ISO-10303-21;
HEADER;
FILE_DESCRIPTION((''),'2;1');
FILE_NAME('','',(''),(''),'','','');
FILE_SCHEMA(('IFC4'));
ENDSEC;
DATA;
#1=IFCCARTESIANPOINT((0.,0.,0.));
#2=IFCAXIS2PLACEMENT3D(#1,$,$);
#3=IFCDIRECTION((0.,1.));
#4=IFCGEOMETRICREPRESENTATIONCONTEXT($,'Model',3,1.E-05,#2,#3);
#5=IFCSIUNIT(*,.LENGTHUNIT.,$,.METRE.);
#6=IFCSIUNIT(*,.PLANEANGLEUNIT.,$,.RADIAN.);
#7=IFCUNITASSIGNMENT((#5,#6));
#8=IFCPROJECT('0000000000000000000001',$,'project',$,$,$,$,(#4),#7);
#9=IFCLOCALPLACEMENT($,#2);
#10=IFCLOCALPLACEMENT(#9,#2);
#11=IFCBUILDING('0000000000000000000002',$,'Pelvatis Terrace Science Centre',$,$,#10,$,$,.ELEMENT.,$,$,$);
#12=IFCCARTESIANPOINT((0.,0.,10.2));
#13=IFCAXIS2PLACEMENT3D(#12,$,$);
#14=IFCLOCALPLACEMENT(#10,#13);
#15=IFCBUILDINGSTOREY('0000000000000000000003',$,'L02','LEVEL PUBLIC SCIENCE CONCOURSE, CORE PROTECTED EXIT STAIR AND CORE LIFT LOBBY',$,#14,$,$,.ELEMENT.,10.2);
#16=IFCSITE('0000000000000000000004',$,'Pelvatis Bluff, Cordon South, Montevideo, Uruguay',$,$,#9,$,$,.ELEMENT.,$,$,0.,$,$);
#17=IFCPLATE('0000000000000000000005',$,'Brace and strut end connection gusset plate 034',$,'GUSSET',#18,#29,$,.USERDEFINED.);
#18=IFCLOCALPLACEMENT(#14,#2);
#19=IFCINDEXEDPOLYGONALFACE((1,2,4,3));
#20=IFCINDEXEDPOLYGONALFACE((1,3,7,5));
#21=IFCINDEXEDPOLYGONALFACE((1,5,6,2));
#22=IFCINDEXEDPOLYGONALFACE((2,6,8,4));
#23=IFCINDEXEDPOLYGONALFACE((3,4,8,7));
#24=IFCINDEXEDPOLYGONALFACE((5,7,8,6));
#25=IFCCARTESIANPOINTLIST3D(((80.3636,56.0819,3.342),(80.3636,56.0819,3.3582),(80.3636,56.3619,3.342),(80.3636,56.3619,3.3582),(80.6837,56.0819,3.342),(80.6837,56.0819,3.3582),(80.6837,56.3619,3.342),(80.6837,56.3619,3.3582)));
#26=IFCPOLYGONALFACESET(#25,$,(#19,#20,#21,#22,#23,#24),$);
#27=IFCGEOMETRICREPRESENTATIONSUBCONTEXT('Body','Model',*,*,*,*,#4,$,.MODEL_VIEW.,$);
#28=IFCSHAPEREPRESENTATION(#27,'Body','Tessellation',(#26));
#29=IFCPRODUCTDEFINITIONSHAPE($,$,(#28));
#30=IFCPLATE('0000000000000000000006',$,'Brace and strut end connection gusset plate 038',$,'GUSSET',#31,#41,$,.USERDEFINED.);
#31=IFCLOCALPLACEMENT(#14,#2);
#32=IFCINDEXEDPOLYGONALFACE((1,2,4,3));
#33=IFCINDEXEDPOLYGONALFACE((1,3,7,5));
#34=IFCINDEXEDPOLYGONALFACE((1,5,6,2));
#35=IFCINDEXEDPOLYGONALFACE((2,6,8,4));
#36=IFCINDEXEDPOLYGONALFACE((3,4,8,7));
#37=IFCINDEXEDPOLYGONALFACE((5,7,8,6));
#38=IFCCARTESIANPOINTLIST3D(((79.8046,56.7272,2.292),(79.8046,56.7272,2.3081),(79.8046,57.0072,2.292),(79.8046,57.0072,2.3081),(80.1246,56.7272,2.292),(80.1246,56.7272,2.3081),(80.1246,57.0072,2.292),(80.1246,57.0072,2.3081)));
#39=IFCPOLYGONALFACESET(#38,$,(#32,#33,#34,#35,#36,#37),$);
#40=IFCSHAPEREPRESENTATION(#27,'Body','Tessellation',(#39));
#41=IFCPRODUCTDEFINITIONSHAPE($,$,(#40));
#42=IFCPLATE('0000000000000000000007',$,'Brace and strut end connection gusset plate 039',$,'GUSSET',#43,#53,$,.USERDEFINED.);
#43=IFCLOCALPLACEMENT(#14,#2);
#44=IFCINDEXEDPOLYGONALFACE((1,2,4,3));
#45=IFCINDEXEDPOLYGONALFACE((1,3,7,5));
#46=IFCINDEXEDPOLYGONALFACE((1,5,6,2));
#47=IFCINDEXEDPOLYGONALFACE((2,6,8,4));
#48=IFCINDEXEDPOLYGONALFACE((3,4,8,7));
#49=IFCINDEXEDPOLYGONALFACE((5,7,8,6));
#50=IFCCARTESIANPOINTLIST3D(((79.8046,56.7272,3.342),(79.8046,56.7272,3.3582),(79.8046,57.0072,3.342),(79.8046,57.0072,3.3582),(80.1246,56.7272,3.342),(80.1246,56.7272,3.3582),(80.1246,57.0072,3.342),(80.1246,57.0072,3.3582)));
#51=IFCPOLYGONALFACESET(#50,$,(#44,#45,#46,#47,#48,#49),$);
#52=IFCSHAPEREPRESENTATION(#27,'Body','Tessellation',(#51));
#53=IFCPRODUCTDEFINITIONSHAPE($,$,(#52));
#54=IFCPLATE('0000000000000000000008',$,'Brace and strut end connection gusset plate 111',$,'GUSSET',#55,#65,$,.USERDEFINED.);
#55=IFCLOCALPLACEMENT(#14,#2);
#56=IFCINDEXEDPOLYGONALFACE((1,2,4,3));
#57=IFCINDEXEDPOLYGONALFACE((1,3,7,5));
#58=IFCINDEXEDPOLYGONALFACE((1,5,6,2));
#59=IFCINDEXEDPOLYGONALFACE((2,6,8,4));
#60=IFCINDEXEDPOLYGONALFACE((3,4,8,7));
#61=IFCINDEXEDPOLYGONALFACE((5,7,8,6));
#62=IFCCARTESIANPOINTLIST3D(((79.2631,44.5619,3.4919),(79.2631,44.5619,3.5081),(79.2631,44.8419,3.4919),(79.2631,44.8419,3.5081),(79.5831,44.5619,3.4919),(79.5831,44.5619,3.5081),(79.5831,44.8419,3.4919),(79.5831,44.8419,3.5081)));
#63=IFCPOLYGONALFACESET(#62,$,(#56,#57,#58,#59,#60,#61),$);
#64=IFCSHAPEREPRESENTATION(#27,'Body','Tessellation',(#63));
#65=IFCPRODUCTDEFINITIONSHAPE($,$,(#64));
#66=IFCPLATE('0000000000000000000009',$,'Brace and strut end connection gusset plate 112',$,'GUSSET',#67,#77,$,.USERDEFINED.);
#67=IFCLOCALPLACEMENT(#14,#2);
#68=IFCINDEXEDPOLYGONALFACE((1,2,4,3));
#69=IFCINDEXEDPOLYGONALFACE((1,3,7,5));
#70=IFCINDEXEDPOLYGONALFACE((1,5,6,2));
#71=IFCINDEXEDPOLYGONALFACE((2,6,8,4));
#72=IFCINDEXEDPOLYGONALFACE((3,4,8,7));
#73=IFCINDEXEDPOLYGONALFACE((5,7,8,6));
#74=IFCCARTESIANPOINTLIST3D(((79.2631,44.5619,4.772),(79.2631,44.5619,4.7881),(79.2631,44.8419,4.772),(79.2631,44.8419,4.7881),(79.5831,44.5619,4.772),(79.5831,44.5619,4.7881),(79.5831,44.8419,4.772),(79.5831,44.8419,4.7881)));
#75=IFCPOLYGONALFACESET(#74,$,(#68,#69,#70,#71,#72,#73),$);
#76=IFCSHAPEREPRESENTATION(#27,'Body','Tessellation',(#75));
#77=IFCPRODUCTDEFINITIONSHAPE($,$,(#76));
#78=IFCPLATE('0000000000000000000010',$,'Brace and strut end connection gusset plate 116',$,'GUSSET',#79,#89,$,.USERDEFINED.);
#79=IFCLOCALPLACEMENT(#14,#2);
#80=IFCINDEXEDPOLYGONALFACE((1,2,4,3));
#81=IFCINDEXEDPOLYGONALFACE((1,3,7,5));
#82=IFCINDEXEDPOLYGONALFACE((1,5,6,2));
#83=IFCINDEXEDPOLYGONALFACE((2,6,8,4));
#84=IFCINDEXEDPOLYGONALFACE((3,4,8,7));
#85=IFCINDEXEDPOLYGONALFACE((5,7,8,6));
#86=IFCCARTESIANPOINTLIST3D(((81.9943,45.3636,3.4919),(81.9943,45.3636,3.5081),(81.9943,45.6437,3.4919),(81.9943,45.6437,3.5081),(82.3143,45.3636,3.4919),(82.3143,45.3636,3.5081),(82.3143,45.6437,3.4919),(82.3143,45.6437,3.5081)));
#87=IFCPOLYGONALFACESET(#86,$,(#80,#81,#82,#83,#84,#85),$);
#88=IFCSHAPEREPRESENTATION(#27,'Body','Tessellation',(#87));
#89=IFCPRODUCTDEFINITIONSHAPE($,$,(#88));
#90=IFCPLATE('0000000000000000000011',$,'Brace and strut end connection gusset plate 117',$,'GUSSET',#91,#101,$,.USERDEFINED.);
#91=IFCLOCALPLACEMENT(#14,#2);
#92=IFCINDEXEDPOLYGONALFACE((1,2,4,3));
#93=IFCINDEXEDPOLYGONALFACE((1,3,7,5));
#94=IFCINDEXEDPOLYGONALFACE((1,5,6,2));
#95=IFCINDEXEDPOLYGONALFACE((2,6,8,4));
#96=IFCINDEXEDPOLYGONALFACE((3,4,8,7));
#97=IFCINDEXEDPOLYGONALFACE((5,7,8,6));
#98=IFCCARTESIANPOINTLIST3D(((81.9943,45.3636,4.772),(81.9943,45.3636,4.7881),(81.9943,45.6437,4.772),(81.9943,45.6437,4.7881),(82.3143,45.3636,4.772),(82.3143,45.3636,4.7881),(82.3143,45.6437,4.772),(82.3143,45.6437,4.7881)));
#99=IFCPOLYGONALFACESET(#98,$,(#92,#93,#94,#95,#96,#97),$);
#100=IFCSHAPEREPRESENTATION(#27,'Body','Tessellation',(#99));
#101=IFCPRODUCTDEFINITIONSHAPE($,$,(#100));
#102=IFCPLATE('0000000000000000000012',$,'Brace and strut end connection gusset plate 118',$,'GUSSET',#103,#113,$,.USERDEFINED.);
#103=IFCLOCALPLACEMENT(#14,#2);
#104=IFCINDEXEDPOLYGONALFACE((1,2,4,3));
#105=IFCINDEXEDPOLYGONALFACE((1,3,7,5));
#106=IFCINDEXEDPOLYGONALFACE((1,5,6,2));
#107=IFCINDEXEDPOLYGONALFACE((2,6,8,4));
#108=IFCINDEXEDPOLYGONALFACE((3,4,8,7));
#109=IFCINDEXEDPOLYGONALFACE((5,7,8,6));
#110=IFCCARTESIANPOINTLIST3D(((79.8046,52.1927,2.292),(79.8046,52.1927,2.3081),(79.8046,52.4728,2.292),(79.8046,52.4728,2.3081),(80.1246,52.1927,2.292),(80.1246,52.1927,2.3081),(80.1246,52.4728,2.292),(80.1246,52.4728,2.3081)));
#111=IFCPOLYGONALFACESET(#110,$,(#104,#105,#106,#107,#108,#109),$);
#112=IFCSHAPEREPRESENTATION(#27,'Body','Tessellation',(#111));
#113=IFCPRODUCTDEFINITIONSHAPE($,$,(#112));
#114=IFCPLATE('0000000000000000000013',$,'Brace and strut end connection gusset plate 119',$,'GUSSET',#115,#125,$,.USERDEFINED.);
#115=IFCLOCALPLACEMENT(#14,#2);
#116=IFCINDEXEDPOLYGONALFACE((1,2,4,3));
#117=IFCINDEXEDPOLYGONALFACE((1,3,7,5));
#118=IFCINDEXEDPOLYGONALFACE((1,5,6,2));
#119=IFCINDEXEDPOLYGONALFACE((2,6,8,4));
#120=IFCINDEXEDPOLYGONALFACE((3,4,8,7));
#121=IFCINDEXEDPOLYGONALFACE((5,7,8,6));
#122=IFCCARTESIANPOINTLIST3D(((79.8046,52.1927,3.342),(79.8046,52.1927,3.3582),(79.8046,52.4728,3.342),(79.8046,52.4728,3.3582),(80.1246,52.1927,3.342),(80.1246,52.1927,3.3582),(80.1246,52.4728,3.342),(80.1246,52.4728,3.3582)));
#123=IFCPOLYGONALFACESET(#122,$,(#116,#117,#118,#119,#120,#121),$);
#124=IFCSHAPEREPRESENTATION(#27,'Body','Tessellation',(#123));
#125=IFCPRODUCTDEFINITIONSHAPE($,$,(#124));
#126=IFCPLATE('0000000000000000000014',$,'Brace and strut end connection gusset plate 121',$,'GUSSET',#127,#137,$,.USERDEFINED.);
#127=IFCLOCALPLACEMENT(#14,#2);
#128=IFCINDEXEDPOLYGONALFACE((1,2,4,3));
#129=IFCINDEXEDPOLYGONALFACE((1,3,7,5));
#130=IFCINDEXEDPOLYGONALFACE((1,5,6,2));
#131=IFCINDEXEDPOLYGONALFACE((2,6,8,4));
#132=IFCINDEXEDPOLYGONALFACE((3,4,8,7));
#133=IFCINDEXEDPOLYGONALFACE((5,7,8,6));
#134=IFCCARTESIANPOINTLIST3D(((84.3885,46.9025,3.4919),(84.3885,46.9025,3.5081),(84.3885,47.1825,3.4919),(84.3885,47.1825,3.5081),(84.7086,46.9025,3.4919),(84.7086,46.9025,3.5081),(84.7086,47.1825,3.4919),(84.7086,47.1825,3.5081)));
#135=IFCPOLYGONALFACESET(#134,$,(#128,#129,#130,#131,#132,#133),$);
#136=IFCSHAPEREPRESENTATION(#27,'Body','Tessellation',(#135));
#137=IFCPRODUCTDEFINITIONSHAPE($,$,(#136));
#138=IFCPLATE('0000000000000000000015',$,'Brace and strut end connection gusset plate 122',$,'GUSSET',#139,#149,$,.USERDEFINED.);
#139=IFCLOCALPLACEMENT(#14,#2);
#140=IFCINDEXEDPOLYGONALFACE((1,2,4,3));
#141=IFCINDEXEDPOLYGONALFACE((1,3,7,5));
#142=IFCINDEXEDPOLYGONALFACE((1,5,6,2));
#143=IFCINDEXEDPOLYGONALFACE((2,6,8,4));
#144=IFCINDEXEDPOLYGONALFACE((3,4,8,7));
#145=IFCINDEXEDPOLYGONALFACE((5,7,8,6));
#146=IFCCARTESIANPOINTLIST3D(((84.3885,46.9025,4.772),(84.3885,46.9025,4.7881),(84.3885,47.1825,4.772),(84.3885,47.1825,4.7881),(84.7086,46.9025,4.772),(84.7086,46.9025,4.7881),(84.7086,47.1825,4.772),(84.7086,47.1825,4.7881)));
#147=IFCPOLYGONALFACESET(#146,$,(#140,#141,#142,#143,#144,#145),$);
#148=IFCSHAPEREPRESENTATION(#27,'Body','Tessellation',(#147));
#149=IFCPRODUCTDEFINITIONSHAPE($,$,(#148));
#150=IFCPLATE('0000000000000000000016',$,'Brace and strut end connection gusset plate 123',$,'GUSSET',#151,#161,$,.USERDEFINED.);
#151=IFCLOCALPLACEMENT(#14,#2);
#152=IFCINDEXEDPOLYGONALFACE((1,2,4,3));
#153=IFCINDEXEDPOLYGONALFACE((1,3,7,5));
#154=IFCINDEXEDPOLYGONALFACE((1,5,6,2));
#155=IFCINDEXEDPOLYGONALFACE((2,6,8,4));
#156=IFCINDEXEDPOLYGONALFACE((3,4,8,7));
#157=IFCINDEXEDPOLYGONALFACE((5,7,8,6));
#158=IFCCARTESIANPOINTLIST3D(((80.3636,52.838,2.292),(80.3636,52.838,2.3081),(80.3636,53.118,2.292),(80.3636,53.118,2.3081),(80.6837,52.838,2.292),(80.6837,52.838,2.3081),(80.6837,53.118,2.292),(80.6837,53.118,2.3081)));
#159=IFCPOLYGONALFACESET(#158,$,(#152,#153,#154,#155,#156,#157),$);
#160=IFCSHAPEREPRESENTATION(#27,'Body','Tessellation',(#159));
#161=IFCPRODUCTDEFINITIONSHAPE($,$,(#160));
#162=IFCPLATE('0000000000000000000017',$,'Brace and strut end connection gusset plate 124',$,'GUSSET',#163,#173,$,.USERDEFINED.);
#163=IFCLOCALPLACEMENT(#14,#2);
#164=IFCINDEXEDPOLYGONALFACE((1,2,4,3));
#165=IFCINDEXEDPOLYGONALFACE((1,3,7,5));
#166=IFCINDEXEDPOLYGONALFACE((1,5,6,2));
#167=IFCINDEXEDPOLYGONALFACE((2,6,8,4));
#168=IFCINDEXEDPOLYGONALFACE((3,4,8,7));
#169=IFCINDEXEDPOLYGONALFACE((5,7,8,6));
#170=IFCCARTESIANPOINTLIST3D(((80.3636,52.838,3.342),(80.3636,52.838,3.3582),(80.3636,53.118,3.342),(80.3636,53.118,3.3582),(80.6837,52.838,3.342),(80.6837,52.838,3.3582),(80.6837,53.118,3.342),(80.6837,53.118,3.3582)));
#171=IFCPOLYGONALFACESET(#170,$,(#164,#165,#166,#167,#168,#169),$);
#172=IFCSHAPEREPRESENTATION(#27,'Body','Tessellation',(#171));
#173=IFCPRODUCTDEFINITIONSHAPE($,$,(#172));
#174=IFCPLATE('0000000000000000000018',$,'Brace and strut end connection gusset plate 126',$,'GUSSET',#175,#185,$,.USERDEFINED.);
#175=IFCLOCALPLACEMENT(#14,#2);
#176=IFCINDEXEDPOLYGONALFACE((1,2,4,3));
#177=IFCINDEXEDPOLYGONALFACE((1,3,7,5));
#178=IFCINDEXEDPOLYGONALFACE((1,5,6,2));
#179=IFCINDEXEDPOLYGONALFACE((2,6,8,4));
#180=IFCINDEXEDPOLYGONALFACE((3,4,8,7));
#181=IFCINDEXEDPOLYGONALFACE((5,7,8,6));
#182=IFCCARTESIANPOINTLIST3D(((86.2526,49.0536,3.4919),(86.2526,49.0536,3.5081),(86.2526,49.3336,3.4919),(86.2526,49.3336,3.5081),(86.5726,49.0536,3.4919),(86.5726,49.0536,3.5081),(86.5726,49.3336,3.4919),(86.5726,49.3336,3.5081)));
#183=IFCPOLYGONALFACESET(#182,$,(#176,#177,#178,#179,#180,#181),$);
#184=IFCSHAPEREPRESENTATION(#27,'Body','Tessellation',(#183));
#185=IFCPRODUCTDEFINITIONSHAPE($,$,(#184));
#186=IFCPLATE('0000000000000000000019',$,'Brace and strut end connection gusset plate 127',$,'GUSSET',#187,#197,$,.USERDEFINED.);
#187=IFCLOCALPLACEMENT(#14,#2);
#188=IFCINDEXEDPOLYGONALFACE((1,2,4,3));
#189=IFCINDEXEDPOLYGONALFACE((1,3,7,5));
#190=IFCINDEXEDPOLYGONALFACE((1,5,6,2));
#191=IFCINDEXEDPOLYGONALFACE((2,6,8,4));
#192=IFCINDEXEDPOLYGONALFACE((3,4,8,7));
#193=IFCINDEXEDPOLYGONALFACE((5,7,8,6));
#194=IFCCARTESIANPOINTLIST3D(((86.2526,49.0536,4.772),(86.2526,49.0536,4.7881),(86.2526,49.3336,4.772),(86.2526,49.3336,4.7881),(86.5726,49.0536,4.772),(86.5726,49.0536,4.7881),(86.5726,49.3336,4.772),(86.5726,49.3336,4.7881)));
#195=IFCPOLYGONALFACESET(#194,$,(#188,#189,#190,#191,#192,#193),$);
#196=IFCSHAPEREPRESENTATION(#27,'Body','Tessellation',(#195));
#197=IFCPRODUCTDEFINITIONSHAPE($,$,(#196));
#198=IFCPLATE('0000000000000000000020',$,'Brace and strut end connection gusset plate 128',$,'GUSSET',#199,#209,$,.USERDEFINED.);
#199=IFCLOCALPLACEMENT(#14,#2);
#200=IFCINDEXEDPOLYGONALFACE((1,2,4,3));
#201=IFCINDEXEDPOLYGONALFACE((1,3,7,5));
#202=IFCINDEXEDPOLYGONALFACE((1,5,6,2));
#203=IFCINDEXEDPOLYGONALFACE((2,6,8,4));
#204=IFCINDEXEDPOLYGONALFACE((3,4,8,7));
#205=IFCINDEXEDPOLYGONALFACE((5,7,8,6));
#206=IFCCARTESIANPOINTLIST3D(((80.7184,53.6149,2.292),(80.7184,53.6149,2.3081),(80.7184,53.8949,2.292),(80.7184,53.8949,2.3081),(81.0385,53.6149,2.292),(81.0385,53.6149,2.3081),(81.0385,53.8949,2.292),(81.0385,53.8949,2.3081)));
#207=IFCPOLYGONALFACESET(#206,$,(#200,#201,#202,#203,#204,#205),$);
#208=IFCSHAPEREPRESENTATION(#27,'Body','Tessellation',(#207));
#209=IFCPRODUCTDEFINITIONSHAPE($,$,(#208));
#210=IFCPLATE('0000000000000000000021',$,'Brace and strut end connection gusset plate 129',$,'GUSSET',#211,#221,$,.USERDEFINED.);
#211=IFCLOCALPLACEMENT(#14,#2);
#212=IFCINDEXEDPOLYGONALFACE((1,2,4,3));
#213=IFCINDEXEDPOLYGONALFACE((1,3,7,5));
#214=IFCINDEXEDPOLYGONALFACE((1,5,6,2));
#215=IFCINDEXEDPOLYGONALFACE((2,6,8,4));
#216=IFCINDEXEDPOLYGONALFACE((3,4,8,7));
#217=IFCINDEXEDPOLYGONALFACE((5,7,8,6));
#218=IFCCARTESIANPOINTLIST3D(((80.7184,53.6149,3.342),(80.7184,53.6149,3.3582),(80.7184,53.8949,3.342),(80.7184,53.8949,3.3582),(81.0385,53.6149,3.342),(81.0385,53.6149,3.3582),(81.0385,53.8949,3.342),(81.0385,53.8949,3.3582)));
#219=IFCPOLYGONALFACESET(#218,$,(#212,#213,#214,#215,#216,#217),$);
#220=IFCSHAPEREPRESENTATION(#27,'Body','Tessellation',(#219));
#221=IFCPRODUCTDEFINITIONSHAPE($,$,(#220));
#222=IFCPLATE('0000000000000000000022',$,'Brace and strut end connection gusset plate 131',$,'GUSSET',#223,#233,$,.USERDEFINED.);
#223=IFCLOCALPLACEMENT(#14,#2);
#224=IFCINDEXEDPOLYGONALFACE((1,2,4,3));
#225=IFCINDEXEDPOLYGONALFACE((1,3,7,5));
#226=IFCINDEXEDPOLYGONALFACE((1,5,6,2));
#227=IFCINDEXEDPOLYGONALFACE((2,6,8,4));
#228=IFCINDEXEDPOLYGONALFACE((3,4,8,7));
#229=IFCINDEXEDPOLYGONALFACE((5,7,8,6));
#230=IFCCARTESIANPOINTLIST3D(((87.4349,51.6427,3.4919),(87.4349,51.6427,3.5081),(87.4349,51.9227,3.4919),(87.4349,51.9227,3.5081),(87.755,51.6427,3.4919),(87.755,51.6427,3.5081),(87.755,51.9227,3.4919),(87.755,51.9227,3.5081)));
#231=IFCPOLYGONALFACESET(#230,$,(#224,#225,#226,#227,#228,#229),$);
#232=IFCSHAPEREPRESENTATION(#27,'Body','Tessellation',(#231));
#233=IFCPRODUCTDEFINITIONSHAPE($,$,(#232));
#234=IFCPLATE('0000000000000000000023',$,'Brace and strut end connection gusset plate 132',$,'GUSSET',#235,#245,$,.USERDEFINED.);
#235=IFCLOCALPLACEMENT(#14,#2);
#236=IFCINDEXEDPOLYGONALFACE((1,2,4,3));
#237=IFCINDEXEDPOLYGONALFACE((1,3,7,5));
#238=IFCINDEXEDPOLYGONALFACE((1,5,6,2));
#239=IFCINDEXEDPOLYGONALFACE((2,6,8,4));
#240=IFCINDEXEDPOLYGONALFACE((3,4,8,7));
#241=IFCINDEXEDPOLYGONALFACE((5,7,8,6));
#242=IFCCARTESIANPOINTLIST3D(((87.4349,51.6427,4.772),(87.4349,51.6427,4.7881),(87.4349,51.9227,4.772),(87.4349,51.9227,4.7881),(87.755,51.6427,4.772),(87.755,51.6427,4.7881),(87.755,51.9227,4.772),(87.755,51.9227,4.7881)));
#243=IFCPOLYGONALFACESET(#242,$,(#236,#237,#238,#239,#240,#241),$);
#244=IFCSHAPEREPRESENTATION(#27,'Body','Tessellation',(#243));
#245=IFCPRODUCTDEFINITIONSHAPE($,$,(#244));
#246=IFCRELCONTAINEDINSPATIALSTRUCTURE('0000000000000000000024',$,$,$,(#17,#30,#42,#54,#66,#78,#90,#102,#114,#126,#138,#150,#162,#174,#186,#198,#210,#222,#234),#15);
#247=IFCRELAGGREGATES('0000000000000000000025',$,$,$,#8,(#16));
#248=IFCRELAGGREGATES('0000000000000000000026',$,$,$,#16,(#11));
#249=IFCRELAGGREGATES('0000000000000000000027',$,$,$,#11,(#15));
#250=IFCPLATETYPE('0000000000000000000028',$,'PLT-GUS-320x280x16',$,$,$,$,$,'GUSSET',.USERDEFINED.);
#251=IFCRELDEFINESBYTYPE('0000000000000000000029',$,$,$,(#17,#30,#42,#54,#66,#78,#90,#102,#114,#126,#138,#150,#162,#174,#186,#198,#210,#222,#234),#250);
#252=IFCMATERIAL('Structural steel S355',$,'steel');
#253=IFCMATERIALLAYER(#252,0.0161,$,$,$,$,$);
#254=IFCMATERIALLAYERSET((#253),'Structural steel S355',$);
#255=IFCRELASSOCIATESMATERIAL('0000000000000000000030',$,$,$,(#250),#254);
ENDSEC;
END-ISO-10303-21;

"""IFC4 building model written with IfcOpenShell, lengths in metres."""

from ifc_helpers import new_model, si_unit, direction, frame, origin, origin_2d, place, context, subcontext, project, spatial, rectangle, extrude, material, layer, layer_set, type_object, element, save


model = new_model("IFC4")

# Units and contexts
model_context = context("Model", 3, precision=1e-05, world=origin(), true_north=direction((0.0, 1.0)))
body_context = subcontext(model_context, "Body", "Model", "MODEL_VIEW")
ifc_project = project(units=[si_unit("LENGTHUNIT", "METRE"), si_unit("PLANEANGLEUNIT", "RADIAN")], contexts=[model_context])

# Site, building, storey
site_placement = place(None, origin())
site = spatial("IfcSite", under=ifc_project, at=site_placement, Name="Pelvatis Bluff, Cordon South, Montevideo, Uruguay", CompositionType="ELEMENT", RefElevation=0.0)
building_placement = place(site_placement, origin())
building = spatial("IfcBuilding", under=site, at=building_placement, Name="Pelvatis Terrace Science Centre", CompositionType="ELEMENT")
storey_placement = place(building_placement, frame((0.0, 0.0, 10.2)))
storey = spatial("IfcBuildingStorey", under=building, at=storey_placement, Name="L02", Description="LEVEL PUBLIC SCIENCE CONCOURSE, CORE PROTECTED EXIT STAIR AND CORE LIFT LOBBY", CompositionType="ELEMENT", Elevation=10.2)

# Plates
ifc_material_1 = material(Name="Structural steel S355", Category="steel")
ifc_layer_1 = layer(ifc_material_1, 0.0161)
ifc_layer_set_1 = layer_set([ifc_layer_1], Name="Structural steel S355")
plate_type = type_object("IfcPlateType", Name="PLT-GUS-320x280x16", ElementType="GUSSET", PredefinedType="USERDEFINED", material=ifc_layer_set_1)
for number, where, z_axis, x_axis, name in (
    (1, (80.5237, 56.2219, 3.342), (0.0, 0.0, 1.0), (1.0, 0.0, 0.0), "Brace and strut end connection gusset plate 034"),
    (2, (79.9646, 56.8672, 2.292), (0.0, 0.0, 1.0), (1.0, 0.0, 0.0), "Brace and strut end connection gusset plate 038"),
    (3, (79.9646, 56.8672, 3.342), (0.0, 0.0, 1.0), (1.0, 0.0, 0.0), "Brace and strut end connection gusset plate 039"),
    (4, (79.4231, 44.7019, 3.4919), (0.0, 0.0, 1.0), (1.0, 0.0, 0.0), "Brace and strut end connection gusset plate 111"),
    (5, (79.4231, 44.7019, 4.772), (0.0, 0.0, 1.0), (1.0, 0.0, 0.0), "Brace and strut end connection gusset plate 112"),
    (6, (82.1543, 45.5037, 3.4919), (0.0, 0.0, 1.0), (1.0, 0.0, 0.0), "Brace and strut end connection gusset plate 116"),
    (7, (82.1543, 45.5037, 4.772), (0.0, 0.0, 1.0), (1.0, 0.0, 0.0), "Brace and strut end connection gusset plate 117"),
    (8, (79.9646, 52.3328, 2.292), (0.0, 0.0, 1.0), (1.0, 0.0, 0.0), "Brace and strut end connection gusset plate 118"),
    (9, (79.9646, 52.3328, 3.342), (0.0, 0.0, 1.0), (1.0, 0.0, 0.0), "Brace and strut end connection gusset plate 119"),
    (10, (84.5486, 47.0425, 3.4919), (0.0, 0.0, 1.0), (1.0, 0.0, 0.0), "Brace and strut end connection gusset plate 121"),
    (11, (84.5486, 47.0425, 4.772), (0.0, 0.0, 1.0), (1.0, 0.0, 0.0), "Brace and strut end connection gusset plate 122"),
    (12, (80.5237, 52.978, 2.292), (0.0, 0.0, 1.0), (1.0, 0.0, 0.0), "Brace and strut end connection gusset plate 123"),
    (13, (80.5237, 52.978, 3.342), (0.0, 0.0, 1.0), (1.0, 0.0, 0.0), "Brace and strut end connection gusset plate 124"),
    (14, (86.4126, 49.1936, 3.4919), (0.0, 0.0, 1.0), (1.0, 0.0, 0.0), "Brace and strut end connection gusset plate 126"),
    (15, (86.4126, 49.1936, 4.772), (0.0, 0.0, 1.0), (1.0, 0.0, 0.0), "Brace and strut end connection gusset plate 127"),
    (16, (80.8784, 53.7549, 2.292), (0.0, 0.0, 1.0), (1.0, 0.0, 0.0), "Brace and strut end connection gusset plate 128"),
    (17, (80.8784, 53.7549, 3.342), (0.0, 0.0, 1.0), (1.0, 0.0, 0.0), "Brace and strut end connection gusset plate 129"),
    (18, (87.595, 51.7827, 3.4919), (0.0, 0.0, 1.0), (1.0, 0.0, 0.0), "Brace and strut end connection gusset plate 131"),
    (19, (87.595, 51.7827, 4.772), (0.0, 0.0, 1.0), (1.0, 0.0, 0.0), "Brace and strut end connection gusset plate 132"),
):
    element("IfcPlate", number, at=place(storey_placement, frame(where, z_axis=z_axis, x_axis=x_axis)), inside=storey, type_object=plate_type, Name=name, ObjectType="GUSSET", PredefinedType="USERDEFINED", context=body_context, shape_type="SweptSolid", body=[
        extrude(rectangle(XDim=0.3201, YDim=0.28, at=origin_2d()), origin(), (0.0, 0.0, 1.0), 0.0161),
    ])

save(model, "model.ifc")
